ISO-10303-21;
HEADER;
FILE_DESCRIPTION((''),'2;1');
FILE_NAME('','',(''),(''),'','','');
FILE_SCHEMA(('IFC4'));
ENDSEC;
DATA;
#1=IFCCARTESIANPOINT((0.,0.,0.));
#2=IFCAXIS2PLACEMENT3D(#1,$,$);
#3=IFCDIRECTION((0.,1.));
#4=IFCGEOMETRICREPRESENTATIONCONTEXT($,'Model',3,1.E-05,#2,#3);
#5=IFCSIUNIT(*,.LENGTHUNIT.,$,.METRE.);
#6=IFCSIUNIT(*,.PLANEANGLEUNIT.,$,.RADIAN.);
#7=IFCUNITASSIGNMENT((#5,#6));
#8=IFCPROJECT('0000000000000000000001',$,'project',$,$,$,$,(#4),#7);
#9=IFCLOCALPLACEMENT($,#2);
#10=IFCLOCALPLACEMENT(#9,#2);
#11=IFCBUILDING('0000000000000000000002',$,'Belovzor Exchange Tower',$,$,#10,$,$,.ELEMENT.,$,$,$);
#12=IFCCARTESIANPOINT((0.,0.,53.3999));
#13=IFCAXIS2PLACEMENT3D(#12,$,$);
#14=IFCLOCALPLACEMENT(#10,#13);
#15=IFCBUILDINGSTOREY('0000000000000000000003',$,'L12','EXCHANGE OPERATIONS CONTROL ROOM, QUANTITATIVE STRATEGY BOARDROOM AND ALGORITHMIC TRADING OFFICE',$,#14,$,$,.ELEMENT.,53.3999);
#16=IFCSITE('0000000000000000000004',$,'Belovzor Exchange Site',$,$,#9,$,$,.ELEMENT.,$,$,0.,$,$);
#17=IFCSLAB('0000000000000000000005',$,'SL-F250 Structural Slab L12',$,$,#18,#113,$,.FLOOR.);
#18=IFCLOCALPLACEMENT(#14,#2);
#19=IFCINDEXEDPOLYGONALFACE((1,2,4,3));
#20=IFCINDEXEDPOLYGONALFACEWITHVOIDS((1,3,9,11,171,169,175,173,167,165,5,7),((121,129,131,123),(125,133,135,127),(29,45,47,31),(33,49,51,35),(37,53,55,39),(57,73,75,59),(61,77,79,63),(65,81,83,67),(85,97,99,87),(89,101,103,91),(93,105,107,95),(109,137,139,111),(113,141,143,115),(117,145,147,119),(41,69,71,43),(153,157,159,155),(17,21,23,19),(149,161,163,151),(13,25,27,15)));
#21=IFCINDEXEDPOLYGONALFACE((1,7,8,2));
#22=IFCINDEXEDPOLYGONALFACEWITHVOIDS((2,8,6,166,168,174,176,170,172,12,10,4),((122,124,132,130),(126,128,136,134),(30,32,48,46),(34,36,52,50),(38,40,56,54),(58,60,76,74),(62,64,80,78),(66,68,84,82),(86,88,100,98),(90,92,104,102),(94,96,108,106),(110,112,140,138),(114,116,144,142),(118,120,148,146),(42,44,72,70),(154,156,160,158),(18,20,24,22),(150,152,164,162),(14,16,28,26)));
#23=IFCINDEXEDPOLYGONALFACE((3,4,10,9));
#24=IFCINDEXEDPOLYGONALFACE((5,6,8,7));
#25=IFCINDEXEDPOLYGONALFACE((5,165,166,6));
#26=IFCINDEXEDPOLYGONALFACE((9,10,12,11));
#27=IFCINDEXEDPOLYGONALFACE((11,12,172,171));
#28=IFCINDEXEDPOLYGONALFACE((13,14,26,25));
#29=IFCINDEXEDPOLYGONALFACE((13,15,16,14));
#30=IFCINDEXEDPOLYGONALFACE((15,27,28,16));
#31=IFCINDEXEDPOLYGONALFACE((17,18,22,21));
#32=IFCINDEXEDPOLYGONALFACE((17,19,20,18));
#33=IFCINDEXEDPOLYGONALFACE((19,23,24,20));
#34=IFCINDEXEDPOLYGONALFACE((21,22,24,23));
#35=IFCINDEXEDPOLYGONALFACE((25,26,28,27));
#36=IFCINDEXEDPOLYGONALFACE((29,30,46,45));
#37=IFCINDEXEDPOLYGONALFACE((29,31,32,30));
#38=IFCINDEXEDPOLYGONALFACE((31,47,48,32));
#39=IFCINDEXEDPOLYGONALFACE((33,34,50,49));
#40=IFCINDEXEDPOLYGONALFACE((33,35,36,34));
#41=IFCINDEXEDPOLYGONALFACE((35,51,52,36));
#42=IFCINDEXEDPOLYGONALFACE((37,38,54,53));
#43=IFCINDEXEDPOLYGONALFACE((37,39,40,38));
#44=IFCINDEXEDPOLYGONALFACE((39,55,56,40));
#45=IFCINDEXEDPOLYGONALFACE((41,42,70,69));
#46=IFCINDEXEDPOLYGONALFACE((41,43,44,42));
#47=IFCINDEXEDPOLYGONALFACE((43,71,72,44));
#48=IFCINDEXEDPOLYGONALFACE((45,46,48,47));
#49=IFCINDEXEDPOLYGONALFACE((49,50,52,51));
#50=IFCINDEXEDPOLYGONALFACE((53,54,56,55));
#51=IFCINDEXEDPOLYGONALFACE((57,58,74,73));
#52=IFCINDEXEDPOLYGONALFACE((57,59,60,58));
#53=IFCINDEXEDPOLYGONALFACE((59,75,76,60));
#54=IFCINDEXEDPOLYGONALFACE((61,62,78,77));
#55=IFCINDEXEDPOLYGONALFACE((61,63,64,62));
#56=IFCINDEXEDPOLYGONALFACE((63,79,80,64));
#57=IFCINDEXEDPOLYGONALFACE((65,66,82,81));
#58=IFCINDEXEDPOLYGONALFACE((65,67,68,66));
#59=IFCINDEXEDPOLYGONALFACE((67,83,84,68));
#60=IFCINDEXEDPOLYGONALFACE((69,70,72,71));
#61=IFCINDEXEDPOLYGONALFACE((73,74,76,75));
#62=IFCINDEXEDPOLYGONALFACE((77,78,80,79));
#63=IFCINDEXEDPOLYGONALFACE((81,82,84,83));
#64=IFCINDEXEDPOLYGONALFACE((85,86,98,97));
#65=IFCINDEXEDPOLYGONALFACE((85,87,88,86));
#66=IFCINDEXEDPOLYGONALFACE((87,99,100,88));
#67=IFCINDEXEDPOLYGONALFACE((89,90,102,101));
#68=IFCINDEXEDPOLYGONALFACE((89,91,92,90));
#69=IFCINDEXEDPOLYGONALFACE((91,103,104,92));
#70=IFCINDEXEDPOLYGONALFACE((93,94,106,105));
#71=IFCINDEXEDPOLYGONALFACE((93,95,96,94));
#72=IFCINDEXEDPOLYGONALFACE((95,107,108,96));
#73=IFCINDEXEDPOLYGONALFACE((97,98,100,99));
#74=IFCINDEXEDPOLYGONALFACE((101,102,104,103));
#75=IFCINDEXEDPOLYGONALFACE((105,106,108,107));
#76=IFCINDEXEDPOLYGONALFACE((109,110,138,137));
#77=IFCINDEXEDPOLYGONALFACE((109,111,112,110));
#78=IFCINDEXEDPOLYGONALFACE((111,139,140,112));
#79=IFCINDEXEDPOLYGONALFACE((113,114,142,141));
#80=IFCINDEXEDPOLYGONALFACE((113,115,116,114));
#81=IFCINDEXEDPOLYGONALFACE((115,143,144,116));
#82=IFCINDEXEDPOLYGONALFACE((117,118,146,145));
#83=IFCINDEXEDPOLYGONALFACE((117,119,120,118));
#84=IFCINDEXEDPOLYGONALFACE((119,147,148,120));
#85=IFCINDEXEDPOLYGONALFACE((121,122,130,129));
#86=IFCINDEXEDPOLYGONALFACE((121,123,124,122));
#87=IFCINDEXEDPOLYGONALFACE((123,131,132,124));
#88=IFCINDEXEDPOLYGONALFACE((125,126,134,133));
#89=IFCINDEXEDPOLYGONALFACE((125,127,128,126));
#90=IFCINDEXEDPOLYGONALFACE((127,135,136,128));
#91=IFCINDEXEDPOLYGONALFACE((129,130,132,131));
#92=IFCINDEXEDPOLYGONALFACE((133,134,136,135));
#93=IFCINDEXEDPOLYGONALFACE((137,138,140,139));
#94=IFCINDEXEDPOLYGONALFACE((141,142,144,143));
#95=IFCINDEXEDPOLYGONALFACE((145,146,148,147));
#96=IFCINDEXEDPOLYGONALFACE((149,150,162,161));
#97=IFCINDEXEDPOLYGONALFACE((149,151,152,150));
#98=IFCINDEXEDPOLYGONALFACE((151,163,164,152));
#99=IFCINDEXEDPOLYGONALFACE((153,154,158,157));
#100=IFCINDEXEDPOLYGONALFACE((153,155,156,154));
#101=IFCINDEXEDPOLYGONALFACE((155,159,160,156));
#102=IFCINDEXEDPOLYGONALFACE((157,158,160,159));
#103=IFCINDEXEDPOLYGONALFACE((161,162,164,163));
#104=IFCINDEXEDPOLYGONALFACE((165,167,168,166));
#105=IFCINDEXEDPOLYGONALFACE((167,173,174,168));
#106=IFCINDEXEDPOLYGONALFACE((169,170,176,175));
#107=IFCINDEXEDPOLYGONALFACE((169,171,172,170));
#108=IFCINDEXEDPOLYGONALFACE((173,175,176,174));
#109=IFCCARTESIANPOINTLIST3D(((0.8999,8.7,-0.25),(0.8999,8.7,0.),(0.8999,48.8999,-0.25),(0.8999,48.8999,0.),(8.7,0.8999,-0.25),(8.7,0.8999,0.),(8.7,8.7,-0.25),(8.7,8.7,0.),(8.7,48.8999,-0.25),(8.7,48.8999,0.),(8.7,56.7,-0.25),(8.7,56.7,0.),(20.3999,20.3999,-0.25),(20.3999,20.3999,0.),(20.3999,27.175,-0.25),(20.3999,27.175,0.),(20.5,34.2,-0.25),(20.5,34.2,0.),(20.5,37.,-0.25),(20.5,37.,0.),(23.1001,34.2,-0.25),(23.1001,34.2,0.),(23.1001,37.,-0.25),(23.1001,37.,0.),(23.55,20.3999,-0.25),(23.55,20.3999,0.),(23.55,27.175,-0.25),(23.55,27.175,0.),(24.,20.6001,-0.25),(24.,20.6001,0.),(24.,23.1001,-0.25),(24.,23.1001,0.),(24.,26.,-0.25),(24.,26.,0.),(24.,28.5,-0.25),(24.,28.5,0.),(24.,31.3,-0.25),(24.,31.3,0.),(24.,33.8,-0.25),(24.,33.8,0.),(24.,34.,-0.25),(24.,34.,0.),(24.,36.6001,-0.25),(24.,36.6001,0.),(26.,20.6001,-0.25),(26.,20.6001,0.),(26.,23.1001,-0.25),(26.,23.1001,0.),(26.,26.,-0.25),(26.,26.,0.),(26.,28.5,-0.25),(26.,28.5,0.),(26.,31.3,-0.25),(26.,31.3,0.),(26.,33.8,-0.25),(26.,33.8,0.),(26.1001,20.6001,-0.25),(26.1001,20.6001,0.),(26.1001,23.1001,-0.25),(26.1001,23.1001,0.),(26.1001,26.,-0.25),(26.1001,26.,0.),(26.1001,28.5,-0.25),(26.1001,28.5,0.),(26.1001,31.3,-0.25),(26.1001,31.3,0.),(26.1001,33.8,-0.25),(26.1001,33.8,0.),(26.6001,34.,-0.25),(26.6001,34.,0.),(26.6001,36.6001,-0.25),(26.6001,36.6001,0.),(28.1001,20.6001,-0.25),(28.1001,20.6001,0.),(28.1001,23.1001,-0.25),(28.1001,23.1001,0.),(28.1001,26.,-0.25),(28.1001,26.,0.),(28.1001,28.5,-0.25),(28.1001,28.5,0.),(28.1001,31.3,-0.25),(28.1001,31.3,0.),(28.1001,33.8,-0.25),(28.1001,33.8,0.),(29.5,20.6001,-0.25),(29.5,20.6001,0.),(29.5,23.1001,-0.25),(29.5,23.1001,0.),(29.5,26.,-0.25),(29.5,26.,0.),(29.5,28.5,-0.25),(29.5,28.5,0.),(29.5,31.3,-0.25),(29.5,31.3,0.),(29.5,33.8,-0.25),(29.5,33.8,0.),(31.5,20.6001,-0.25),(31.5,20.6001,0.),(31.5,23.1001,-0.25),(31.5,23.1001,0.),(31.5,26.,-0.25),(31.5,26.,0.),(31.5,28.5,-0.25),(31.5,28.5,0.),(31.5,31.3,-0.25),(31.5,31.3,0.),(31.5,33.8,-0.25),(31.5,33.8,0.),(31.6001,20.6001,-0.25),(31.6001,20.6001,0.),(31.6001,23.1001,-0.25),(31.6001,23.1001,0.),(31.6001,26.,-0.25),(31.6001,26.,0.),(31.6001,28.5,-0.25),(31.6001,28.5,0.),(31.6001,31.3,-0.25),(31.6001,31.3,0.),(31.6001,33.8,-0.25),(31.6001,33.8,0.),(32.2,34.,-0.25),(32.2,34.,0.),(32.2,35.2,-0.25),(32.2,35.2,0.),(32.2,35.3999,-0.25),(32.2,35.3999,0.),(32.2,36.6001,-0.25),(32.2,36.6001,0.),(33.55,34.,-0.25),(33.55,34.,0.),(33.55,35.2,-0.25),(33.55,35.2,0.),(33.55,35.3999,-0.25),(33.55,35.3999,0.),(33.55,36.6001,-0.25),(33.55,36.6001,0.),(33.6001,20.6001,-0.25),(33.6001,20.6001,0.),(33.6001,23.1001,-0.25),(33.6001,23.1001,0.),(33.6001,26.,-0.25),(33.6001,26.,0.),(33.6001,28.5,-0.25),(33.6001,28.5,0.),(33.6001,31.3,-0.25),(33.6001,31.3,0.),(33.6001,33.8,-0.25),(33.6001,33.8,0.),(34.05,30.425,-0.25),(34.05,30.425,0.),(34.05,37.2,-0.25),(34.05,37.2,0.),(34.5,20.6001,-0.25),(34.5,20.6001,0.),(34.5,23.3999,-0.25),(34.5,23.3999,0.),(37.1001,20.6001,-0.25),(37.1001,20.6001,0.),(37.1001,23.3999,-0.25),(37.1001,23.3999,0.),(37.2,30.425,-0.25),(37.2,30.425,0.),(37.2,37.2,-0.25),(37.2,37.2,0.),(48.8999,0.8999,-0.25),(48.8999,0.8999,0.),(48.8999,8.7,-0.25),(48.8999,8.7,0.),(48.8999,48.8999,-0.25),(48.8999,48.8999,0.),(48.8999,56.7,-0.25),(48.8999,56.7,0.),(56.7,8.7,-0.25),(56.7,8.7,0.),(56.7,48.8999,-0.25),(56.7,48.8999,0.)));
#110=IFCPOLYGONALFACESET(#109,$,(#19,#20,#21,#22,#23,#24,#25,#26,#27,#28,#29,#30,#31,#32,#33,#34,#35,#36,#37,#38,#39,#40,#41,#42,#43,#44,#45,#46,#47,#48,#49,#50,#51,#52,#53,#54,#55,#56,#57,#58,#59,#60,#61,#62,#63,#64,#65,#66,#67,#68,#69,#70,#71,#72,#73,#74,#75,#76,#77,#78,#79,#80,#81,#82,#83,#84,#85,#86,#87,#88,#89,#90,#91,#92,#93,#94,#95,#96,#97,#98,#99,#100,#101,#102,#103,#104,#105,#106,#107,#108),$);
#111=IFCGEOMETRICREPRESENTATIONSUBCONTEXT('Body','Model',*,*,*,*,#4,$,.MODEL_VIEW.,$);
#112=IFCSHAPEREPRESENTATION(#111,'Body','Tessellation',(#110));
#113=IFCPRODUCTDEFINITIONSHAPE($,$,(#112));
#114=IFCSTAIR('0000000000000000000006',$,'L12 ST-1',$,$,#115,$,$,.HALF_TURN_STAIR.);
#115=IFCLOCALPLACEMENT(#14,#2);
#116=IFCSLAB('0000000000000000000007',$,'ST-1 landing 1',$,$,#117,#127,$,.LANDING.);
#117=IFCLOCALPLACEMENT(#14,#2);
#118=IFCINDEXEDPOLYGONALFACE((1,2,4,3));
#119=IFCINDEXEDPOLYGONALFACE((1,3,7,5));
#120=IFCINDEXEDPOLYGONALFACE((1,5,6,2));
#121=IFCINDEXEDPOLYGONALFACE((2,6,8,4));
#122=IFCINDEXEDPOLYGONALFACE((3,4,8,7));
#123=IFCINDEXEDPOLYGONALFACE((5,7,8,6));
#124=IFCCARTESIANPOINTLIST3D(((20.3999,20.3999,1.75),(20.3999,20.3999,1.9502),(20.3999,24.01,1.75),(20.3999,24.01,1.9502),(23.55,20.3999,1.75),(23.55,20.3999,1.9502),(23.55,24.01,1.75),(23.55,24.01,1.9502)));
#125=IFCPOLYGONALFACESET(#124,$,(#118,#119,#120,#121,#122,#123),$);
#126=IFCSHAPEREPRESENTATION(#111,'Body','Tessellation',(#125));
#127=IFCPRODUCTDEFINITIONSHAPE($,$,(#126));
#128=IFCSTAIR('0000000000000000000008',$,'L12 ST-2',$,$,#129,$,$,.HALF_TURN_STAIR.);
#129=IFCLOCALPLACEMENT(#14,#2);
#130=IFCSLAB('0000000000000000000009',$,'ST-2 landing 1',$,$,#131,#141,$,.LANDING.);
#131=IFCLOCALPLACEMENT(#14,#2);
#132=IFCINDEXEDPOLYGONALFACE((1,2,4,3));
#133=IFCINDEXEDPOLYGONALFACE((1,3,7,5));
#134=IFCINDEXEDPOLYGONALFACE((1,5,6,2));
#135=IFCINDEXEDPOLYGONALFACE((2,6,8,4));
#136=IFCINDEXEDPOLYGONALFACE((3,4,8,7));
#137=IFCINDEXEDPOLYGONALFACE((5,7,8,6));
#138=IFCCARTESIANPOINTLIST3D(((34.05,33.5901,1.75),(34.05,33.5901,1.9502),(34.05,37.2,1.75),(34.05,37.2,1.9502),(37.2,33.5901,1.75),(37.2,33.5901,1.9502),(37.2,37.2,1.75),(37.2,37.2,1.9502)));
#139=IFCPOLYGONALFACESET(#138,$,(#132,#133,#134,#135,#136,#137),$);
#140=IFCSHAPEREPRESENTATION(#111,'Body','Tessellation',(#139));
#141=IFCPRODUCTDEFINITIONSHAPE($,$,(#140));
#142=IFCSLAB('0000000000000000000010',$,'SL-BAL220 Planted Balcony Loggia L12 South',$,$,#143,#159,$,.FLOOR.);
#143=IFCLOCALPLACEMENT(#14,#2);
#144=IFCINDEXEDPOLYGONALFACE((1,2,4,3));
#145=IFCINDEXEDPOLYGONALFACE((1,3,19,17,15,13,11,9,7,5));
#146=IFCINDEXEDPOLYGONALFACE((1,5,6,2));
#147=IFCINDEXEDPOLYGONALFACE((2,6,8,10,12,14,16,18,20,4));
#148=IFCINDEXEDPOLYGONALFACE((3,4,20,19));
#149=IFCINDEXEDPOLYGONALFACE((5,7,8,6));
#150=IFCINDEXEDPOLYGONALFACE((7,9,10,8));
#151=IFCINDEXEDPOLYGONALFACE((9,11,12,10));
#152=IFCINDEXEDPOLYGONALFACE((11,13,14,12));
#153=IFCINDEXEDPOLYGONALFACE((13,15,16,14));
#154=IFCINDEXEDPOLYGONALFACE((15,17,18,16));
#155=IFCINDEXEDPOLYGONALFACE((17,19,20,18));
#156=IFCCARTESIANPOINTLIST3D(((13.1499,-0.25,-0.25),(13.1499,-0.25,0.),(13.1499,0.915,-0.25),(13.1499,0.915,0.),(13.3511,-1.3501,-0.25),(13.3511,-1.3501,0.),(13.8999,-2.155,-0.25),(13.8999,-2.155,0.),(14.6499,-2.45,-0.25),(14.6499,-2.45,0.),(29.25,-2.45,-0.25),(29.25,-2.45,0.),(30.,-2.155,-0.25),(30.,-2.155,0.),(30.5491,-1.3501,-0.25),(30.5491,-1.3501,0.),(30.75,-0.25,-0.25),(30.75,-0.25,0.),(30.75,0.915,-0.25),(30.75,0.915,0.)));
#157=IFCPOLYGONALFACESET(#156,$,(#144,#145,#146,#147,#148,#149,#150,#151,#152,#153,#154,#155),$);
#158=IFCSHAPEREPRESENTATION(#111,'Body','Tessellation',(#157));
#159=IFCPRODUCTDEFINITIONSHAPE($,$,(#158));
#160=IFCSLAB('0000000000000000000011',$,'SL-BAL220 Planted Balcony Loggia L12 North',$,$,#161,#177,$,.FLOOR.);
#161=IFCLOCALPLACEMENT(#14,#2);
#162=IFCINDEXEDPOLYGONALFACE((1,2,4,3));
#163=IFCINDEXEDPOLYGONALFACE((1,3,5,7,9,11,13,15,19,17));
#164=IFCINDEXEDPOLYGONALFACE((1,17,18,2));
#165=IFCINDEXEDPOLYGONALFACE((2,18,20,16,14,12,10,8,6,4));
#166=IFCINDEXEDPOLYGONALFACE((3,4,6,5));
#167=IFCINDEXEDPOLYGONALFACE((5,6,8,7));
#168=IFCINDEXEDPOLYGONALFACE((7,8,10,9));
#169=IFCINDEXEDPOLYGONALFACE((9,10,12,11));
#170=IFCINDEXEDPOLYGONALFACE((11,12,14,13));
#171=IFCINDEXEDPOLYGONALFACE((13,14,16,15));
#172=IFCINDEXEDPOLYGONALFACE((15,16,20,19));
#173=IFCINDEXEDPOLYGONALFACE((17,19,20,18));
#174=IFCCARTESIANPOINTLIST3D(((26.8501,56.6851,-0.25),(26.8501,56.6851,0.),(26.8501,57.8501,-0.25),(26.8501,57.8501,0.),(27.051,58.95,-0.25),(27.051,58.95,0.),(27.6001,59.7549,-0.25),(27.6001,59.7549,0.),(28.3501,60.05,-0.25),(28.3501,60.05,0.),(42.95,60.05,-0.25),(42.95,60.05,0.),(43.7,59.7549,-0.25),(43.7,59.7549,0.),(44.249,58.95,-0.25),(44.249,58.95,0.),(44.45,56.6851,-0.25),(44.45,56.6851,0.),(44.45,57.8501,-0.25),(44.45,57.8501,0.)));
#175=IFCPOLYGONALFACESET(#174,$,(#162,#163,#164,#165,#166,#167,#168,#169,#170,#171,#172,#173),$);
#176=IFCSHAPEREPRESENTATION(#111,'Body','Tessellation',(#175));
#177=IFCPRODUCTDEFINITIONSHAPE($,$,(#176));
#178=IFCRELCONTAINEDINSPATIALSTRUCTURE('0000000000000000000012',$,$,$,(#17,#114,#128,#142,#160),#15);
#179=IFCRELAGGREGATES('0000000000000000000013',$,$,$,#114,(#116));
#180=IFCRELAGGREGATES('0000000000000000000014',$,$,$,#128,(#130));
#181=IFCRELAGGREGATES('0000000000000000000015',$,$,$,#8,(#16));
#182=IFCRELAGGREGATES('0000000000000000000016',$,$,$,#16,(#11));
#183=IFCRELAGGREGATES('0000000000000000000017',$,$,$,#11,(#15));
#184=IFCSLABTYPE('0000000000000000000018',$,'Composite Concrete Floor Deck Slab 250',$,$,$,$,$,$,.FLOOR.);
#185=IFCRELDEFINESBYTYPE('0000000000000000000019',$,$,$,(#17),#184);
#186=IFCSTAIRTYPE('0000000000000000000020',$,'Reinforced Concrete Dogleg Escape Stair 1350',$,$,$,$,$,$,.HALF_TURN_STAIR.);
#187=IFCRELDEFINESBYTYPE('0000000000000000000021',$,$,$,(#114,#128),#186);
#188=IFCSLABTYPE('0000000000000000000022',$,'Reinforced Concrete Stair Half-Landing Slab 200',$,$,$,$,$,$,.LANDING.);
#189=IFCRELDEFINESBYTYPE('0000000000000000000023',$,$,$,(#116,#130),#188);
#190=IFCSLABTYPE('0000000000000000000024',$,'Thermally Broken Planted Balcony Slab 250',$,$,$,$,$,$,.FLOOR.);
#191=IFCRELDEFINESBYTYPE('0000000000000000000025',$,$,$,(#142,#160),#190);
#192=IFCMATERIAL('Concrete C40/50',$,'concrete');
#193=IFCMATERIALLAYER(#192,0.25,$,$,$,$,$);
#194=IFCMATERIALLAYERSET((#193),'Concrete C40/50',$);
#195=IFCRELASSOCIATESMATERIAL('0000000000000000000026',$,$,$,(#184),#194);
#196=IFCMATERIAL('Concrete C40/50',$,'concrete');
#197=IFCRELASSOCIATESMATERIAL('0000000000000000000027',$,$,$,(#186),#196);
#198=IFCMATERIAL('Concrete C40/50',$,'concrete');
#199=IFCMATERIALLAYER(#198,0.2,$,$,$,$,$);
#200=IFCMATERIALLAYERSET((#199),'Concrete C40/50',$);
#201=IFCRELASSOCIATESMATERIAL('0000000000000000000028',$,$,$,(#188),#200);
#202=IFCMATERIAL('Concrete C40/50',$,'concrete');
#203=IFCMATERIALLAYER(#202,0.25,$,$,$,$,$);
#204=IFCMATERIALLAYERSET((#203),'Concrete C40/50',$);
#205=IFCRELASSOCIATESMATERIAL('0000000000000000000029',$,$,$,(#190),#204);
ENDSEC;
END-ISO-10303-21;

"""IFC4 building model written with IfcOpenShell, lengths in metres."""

from ifc_helpers import new_model, si_unit, direction, frame, origin, place, context, subcontext, project, spatial, polyline, outline, extrude, material, layer, layer_set, type_object, element, aggregate, save


model = new_model("IFC4")

# Units and contexts
model_context = context("Model", 3, precision=1e-05, world=origin(), true_north=direction((0.0, 1.0)))
body_context = subcontext(model_context, "Body", "Model", "MODEL_VIEW")
ifc_project = project(units=[si_unit("LENGTHUNIT", "METRE"), si_unit("PLANEANGLEUNIT", "RADIAN")], contexts=[model_context])

# Site, building, storey
site_placement = place(None, origin())
site = spatial("IfcSite", under=ifc_project, at=site_placement, Name="Belovzor Exchange Site", CompositionType="ELEMENT", RefElevation=0.0)
building_placement = place(site_placement, origin())
building = spatial("IfcBuilding", under=site, at=building_placement, Name="Belovzor Exchange Tower", CompositionType="ELEMENT")
storey_placement = place(building_placement, frame((0.0, 0.0, 53.3999)))
storey = spatial("IfcBuildingStorey", under=building, at=storey_placement, Name="L12", Description="EXCHANGE OPERATIONS CONTROL ROOM, QUANTITATIVE STRATEGY BOARDROOM AND ALGORITHMIC TRADING OFFICE", CompositionType="ELEMENT", Elevation=53.3999)

# Slab
ifc_material_1 = material(Name="Concrete C40/50", Category="concrete")
ifc_layer_1 = layer(ifc_material_1, 0.25)
ifc_layer_set_1 = layer_set([ifc_layer_1], Name="Concrete C40/50")
slab_type_1 = type_object("IfcSlabType", Name="Composite Concrete Floor Deck Slab 250", PredefinedType="FLOOR", material=ifc_layer_set_1)
slab_1_placement = place(storey_placement, frame((0.0, 0.0, -0.25)))
element("IfcSlab", 1, at=slab_1_placement, inside=storey, type_object=slab_type_1, Name="SL-F250 Structural Slab L12", PredefinedType="FLOOR", context=body_context, shape_type="SweptSolid", body=[
    extrude(outline(polyline([(8.7, 0.8999), (48.8999, 0.8999), (48.8999, 8.7), (56.7, 8.7), (56.7, 48.8999), (48.8999, 48.8999), (48.8999, 56.7), (8.7, 56.7), (8.7, 48.8999), (0.8999, 48.8999), (0.8999, 8.7), (8.7, 8.7), (8.7, 0.8999)]), holes=[polyline([(20.3999, 27.175), (20.3999, 20.3999), (23.55, 20.3999), (23.55, 27.175), (20.3999, 27.175)]), polyline([(37.2, 30.425), (37.2, 37.2), (34.05, 37.2), (34.05, 30.425), (37.2, 30.425)]), polyline([(20.5, 34.2), (23.1001, 34.2), (23.1001, 37.0), (20.5, 37.0), (20.5, 34.2)]), polyline([(34.5, 20.6001), (37.1001, 20.6001), (37.1001, 23.3999), (34.5, 23.3999), (34.5, 20.6001)]), polyline([(24.0, 34.0), (26.6001, 34.0), (26.6001, 36.6001), (24.0, 36.6001), (24.0, 34.0)]), polyline([(24.0, 20.6001), (26.0, 20.6001), (26.0, 23.1001), (24.0, 23.1001), (24.0, 20.6001)]), polyline([(26.1001, 20.6001), (28.1001, 20.6001), (28.1001, 23.1001), (26.1001, 23.1001), (26.1001, 20.6001)]), polyline([(29.5, 20.6001), (31.5, 20.6001), (31.5, 23.1001), (29.5, 23.1001), (29.5, 20.6001)]), polyline([(31.6001, 20.6001), (33.6001, 20.6001), (33.6001, 23.1001), (31.6001, 23.1001), (31.6001, 20.6001)]), polyline([(24.0, 26.0), (26.0, 26.0), (26.0, 28.5), (24.0, 28.5), (24.0, 26.0)]), polyline([(26.1001, 26.0), (28.1001, 26.0), (28.1001, 28.5), (26.1001, 28.5), (26.1001, 26.0)]), polyline([(29.5, 26.0), (31.5, 26.0), (31.5, 28.5), (29.5, 28.5), (29.5, 26.0)]), polyline([(31.6001, 26.0), (33.6001, 26.0), (33.6001, 28.5), (31.6001, 28.5), (31.6001, 26.0)]), polyline([(24.0, 31.3), (26.0, 31.3), (26.0, 33.8), (24.0, 33.8), (24.0, 31.3)]), polyline([(26.1001, 31.3), (28.1001, 31.3), (28.1001, 33.8), (26.1001, 33.8), (26.1001, 31.3)]), polyline([(29.5, 31.3), (31.5, 31.3), (31.5, 33.8), (29.5, 33.8), (29.5, 31.3)]), polyline([(31.6001, 31.3), (33.6001, 31.3), (33.6001, 33.8), (31.6001, 33.8), (31.6001, 31.3)]), polyline([(32.2, 34.0), (33.55, 34.0), (33.55, 35.2), (32.2, 35.2), (32.2, 34.0)]), polyline([(32.2, 35.3999), (33.55, 35.3999), (33.55, 36.6001), (32.2, 36.6001), (32.2, 35.3999)])]), origin(), (0.0, 0.0, 1.0), 0.25),
])

# Stairs, slabs
ifc_material_2 = material(Name="Concrete C40/50", Category="concrete")
stair_type = type_object("IfcStairType", Name="Reinforced Concrete Dogleg Escape Stair 1350", PredefinedType="HALF_TURN_STAIR", material=ifc_material_2)
stair_1_placement = place(storey_placement, origin())
stair_1 = element("IfcStair", 2, at=stair_1_placement, inside=storey, type_object=stair_type, Name="L12 ST-1", PredefinedType="HALF_TURN_STAIR")
ifc_material_3 = material(Name="Concrete C40/50", Category="concrete")
ifc_layer_2 = layer(ifc_material_3, 0.2)
ifc_layer_set_2 = layer_set([ifc_layer_2], Name="Concrete C40/50")
slab_type_2 = type_object("IfcSlabType", Name="Reinforced Concrete Stair Half-Landing Slab 200", PredefinedType="LANDING", material=ifc_layer_set_2)
slab_2_placement = place(storey_placement, frame((0.0, 0.0, 1.75)))
slab_2 = element("IfcSlab", 3, at=slab_2_placement, type_object=slab_type_2, Name="ST-1 landing 1", PredefinedType="LANDING", context=body_context, shape_type="SweptSolid", body=[
    extrude(outline(polyline([(20.3999, 24.01), (20.3999, 20.3999), (23.55, 20.3999), (23.55, 24.01), (20.3999, 24.01)])), origin(), (0.0, 0.0, 1.0), 0.2002),
])
aggregate(stair_1, [slab_2])
stair_2_placement = place(storey_placement, origin())
stair_2 = element("IfcStair", 4, at=stair_2_placement, inside=storey, type_object=stair_type, Name="L12 ST-2", PredefinedType="HALF_TURN_STAIR")
slab_3_placement = place(storey_placement, frame((0.0, 0.0, 1.75)))
slab_3 = element("IfcSlab", 5, at=slab_3_placement, type_object=slab_type_2, Name="ST-2 landing 1", PredefinedType="LANDING", context=body_context, shape_type="SweptSolid", body=[
    extrude(outline(polyline([(37.2, 33.5901), (37.2, 37.2), (34.05, 37.2), (34.05, 33.5901), (37.2, 33.5901)])), origin(), (0.0, 0.0, 1.0), 0.2002),
])
aggregate(stair_2, [slab_3])

# Slabs
ifc_material_4 = material(Name="Concrete C40/50", Category="concrete")
ifc_layer_3 = layer(ifc_material_4, 0.25)
ifc_layer_set_3 = layer_set([ifc_layer_3], Name="Concrete C40/50")
slab_type_3 = type_object("IfcSlabType", Name="Thermally Broken Planted Balcony Slab 250", PredefinedType="FLOOR", material=ifc_layer_set_3)
slab_4_placement = place(storey_placement, frame((0.0, 0.0, -0.25)))
element("IfcSlab", 6, at=slab_4_placement, inside=storey, type_object=slab_type_3, Name="SL-BAL220 Planted Balcony Loggia L12 South", PredefinedType="FLOOR", context=body_context, shape_type="SweptSolid", body=[
    extrude(outline(polyline([(13.1499, 0.915), (13.1499, -0.25), (13.3511, -1.3501), (13.8999, -2.155), (14.6499, -2.45), (29.25, -2.45), (30.0, -2.155), (30.5491, -1.3501), (30.75, -0.25), (30.75, 0.915), (13.1499, 0.915)])), origin(), (0.0, 0.0, 1.0), 0.25),
])
slab_5_placement = place(storey_placement, frame((0.0, 0.0, -0.25)))
element("IfcSlab", 7, at=slab_5_placement, inside=storey, type_object=slab_type_3, Name="SL-BAL220 Planted Balcony Loggia L12 North", PredefinedType="FLOOR", context=body_context, shape_type="SweptSolid", body=[
    extrude(outline(polyline([(44.45, 56.6851), (44.45, 57.8501), (44.249, 58.95), (43.7, 59.7549), (42.95, 60.05), (28.3501, 60.05), (27.6001, 59.7549), (27.051, 58.95), (26.8501, 57.8501), (26.8501, 56.6851), (44.45, 56.6851)])), origin(), (0.0, 0.0, 1.0), 0.25),
])

save(model, "model.ifc")
